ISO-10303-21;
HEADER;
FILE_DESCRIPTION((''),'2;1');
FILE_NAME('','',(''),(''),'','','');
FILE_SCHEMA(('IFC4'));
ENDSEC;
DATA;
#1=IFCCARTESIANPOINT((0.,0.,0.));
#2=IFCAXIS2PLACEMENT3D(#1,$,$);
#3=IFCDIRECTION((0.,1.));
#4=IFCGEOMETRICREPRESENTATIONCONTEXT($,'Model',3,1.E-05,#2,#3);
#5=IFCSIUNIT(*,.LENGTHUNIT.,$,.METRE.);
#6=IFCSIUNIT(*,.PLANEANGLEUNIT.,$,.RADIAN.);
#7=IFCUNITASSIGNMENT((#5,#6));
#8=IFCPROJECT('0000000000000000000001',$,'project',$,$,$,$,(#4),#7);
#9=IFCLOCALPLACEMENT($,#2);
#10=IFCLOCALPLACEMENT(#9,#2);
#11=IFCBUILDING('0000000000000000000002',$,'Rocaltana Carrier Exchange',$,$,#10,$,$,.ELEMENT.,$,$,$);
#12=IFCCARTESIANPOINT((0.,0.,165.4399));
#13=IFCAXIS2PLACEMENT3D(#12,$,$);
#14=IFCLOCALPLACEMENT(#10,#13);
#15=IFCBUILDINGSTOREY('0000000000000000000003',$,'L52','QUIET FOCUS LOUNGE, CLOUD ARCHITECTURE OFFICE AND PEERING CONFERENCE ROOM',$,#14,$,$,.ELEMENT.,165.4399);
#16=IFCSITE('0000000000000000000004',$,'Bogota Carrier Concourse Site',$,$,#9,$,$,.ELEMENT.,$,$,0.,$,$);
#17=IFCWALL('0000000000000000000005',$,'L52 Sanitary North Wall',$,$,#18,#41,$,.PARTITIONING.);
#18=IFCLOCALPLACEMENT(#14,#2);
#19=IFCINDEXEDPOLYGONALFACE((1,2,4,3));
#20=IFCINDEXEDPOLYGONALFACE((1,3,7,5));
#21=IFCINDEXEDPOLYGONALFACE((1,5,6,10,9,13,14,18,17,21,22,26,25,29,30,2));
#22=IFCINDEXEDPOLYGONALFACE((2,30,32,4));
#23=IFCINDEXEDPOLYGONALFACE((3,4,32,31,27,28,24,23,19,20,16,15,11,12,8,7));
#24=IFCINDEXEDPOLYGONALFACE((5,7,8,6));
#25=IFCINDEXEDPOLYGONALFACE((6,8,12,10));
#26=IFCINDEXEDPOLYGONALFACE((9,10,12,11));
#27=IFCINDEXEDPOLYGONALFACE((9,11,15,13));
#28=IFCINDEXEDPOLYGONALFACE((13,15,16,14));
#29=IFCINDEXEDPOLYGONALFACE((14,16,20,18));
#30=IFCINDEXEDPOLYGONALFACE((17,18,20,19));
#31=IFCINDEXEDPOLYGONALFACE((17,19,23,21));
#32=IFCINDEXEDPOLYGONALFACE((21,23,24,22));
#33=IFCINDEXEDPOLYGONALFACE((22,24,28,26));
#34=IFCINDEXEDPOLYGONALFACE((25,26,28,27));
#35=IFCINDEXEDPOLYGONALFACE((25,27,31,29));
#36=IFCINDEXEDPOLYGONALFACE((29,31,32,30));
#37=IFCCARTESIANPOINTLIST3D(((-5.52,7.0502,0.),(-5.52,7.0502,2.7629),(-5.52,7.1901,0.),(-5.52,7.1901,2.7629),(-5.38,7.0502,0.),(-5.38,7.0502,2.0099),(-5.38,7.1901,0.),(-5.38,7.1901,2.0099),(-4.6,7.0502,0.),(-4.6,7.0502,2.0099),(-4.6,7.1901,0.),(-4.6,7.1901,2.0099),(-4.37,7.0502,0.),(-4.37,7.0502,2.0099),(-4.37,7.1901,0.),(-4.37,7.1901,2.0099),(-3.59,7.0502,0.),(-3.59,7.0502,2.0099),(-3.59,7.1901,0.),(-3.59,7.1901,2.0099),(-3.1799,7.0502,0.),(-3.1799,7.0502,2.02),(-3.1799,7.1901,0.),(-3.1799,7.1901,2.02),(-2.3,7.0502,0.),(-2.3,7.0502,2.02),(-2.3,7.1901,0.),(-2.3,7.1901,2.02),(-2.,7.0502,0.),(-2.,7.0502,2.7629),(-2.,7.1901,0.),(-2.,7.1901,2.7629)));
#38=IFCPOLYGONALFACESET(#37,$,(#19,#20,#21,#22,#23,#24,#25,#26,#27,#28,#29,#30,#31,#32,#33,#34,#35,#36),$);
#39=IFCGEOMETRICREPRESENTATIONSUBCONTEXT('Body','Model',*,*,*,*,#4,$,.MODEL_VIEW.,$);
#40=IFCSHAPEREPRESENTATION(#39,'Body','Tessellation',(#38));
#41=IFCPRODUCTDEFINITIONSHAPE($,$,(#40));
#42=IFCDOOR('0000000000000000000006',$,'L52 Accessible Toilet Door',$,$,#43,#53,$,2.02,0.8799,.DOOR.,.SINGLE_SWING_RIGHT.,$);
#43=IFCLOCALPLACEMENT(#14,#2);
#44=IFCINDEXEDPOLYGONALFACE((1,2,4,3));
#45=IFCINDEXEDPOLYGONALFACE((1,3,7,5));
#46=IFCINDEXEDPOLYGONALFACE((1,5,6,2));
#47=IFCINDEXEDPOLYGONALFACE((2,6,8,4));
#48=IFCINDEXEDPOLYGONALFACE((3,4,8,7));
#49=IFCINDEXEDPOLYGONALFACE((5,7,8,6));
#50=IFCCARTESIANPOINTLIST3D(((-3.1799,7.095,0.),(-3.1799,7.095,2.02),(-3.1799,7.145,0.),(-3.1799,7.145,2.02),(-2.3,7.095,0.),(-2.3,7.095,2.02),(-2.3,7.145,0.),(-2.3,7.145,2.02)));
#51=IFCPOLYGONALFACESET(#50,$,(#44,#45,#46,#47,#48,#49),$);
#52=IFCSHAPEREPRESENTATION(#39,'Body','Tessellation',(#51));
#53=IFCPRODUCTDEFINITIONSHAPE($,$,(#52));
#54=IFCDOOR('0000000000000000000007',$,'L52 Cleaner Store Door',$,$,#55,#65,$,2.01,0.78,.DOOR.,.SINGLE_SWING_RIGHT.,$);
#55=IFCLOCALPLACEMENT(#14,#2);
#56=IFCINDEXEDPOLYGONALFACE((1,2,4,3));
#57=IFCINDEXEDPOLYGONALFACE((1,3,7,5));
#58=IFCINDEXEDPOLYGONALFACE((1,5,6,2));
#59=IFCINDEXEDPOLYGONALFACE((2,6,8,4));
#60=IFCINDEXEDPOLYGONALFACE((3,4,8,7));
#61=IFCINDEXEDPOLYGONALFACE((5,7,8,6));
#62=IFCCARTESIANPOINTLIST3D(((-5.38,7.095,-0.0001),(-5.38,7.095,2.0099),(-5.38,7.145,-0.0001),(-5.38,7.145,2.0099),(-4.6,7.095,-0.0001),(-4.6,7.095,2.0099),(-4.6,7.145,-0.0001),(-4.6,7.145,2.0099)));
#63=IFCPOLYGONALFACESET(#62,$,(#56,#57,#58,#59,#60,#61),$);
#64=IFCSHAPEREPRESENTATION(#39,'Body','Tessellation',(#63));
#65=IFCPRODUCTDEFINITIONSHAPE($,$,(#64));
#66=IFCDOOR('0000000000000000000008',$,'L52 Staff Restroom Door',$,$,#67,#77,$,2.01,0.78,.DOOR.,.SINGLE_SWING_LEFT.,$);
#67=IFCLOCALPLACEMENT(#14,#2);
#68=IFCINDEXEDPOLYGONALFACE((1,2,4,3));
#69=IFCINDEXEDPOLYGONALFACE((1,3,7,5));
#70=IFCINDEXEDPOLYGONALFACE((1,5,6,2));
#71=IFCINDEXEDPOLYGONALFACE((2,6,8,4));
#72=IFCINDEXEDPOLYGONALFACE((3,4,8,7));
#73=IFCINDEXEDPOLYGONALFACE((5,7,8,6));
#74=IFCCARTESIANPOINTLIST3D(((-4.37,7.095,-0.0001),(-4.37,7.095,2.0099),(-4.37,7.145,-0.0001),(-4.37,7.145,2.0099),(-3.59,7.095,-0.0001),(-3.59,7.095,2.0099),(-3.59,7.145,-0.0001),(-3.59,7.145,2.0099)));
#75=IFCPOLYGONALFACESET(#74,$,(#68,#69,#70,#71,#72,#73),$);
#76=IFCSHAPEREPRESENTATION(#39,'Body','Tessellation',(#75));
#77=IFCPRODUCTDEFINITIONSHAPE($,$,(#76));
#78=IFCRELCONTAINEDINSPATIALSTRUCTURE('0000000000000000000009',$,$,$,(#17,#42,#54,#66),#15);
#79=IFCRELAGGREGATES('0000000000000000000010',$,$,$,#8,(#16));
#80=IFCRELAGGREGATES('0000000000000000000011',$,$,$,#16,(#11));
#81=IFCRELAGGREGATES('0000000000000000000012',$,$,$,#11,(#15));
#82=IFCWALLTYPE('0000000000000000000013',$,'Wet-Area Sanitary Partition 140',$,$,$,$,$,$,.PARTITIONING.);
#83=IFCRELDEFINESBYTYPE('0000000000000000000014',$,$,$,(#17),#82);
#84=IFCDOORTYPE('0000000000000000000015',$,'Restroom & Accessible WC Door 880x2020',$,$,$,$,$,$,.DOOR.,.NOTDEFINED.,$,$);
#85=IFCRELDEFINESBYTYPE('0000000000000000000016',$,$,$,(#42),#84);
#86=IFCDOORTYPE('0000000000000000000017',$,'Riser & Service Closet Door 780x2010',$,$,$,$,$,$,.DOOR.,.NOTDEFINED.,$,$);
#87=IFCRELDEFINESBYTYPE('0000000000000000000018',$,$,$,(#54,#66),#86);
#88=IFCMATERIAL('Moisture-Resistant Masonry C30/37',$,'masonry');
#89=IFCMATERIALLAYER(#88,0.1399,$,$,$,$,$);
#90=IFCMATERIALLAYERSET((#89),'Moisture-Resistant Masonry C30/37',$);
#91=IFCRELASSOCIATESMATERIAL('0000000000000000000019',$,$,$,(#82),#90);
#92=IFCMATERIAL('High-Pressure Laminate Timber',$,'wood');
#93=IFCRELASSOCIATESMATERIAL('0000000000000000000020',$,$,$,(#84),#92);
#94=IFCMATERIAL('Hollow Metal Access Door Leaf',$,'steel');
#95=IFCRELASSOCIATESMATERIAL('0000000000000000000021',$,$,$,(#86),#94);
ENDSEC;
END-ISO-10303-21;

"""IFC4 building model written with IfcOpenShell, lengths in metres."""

from ifc_helpers import new_model, si_unit, direction, frame, frame_2d, origin, place, context, subcontext, project, spatial, rectangle, extrude, material, layer, layer_set, type_object, element, fill, save


model = new_model("IFC4")

# Units and contexts
model_context = context("Model", 3, precision=1e-05, world=origin(), true_north=direction((0.0, 1.0)))
body_context = subcontext(model_context, "Body", "Model", "MODEL_VIEW")
ifc_project = project(units=[si_unit("LENGTHUNIT", "METRE"), si_unit("PLANEANGLEUNIT", "RADIAN")], contexts=[model_context])

# Site, building, storey
site_placement = place(None, origin())
site = spatial("IfcSite", under=ifc_project, at=site_placement, Name="Bogota Carrier Concourse Site", CompositionType="ELEMENT", RefElevation=0.0)
building_placement = place(site_placement, origin())
building = spatial("IfcBuilding", under=site, at=building_placement, Name="Rocaltana Carrier Exchange", CompositionType="ELEMENT")
storey_placement = place(building_placement, frame((0.0, 0.0, 165.4399)))
storey = spatial("IfcBuildingStorey", under=building, at=storey_placement, Name="L52", Description="QUIET FOCUS LOUNGE, CLOUD ARCHITECTURE OFFICE AND PEERING CONFERENCE ROOM", CompositionType="ELEMENT", Elevation=165.4399)

# Shared definitions
ifc_material_1 = material(Name="Moisture-Resistant Masonry C30/37", Category="masonry")
ifc_layer_1 = layer(ifc_material_1, 0.1399)
ifc_layer_set_1 = layer_set([ifc_layer_1], Name="Moisture-Resistant Masonry C30/37")
wall_type_1 = type_object("IfcWallType", Name="Wet-Area Sanitary Partition 140", PredefinedType="PARTITIONING", material=ifc_layer_set_1)

# Wall, openings, doors
wall_1_placement = place(storey_placement, frame((-5.52, 7.1201, 0.0), z_axis=(0.0, 0.0, 1.0), x_axis=(1.0, 0.0, 0.0)))
wall_1 = element("IfcWall", 1, at=wall_1_placement, inside=storey, type_object=wall_type_1, Name="L52 Sanitary North Wall", PredefinedType="PARTITIONING", context=body_context, shape_type="SweptSolid", body=[
    extrude(rectangle(XDim=3.52, YDim=0.1399, at=frame_2d((1.76, 0.0))), origin(), (0.0, 0.0, 1.0), 2.7629),
])
opening_1_placement = place(wall_1_placement, frame((0.1399, 0.0, 0.0)))
opening_1 = element("IfcOpeningElement", 2, at=opening_1_placement, cuts=wall_1, PredefinedType="OPENING", context=body_context, shape_type="SweptSolid", body=[
    extrude(rectangle(XDim=0.78, YDim=2.01, at=frame_2d((0.3901, 1.0049))), frame((0.0, 0.0798, 0.0), z_axis=(0.0, -1.0, 0.0), x_axis=(1.0, 0.0, 0.0)), (0.0, 0.0, 1.0), 0.1599),
])
opening_2_placement = place(wall_1_placement, frame((1.1499, 0.0, 0.0)))
opening_2 = element("IfcOpeningElement", 3, at=opening_2_placement, cuts=wall_1, PredefinedType="OPENING", context=body_context, shape_type="SweptSolid", body=[
    extrude(rectangle(XDim=0.78, YDim=2.01, at=frame_2d((0.3901, 1.0049))), frame((0.0, 0.0798, 0.0), z_axis=(0.0, -1.0, 0.0), x_axis=(1.0, 0.0, 0.0)), (0.0, 0.0, 1.0), 0.1599),
])
opening_3_placement = place(wall_1_placement, frame((2.3401, 0.0, 0.0)))
opening_3 = element("IfcOpeningElement", 4, at=opening_3_placement, cuts=wall_1, PredefinedType="OPENING", context=body_context, shape_type="SweptSolid", body=[
    extrude(rectangle(XDim=0.8799, YDim=2.02, at=frame_2d((0.4399, 1.01))), frame((0.0, 0.0798, 0.0), z_axis=(0.0, -1.0, 0.0), x_axis=(1.0, 0.0, 0.0)), (0.0, 0.0, 1.0), 0.1599),
])
ifc_material_2 = material(Name="High-Pressure Laminate Timber", Category="wood")
door_type_1 = type_object("IfcDoorType", Name="Restroom & Accessible WC Door 880x2020", OperationType="NOTDEFINED", PredefinedType="DOOR", material=ifc_material_2)
door_1_placement = place(opening_3_placement, origin())
door_1 = element("IfcDoor", 5, at=door_1_placement, inside=storey, type_object=door_type_1, Name="L52 Accessible Toilet Door", OperationType="SINGLE_SWING_RIGHT", OverallHeight=2.02, OverallWidth=0.8799, PredefinedType="DOOR", context=body_context, shape_type="SweptSolid", body=[
    extrude(rectangle(XDim=0.8799, YDim=2.02, at=frame_2d((0.4399, 1.01))), frame((0.0, 0.0249, 0.0), z_axis=(0.0, -1.0, 0.0), x_axis=(1.0, 0.0, 0.0)), (0.0, 0.0, 1.0), 0.05),
])
fill(opening_3, door_1)
ifc_material_3 = material(Name="Hollow Metal Access Door Leaf", Category="steel")
door_type_2 = type_object("IfcDoorType", Name="Riser & Service Closet Door 780x2010", OperationType="NOTDEFINED", PredefinedType="DOOR", material=ifc_material_3)
door_2_placement = place(opening_1_placement, origin())
door_2 = element("IfcDoor", 6, at=door_2_placement, inside=storey, type_object=door_type_2, Name="L52 Cleaner Store Door", OperationType="SINGLE_SWING_RIGHT", OverallHeight=2.01, OverallWidth=0.78, PredefinedType="DOOR", context=body_context, shape_type="SweptSolid", body=[
    extrude(rectangle(XDim=0.78, YDim=2.01, at=frame_2d((0.3901, 1.0049))), frame((0.0, 0.0249, 0.0), z_axis=(0.0, -1.0, 0.0), x_axis=(1.0, 0.0, 0.0)), (0.0, 0.0, 1.0), 0.05),
])
fill(opening_1, door_2)
door_3_placement = place(opening_2_placement, origin())
door_3 = element("IfcDoor", 7, at=door_3_placement, inside=storey, type_object=door_type_2, Name="L52 Staff Restroom Door", OperationType="SINGLE_SWING_LEFT", OverallHeight=2.01, OverallWidth=0.78, PredefinedType="DOOR", context=body_context, shape_type="SweptSolid", body=[
    extrude(rectangle(XDim=0.78, YDim=2.01, at=frame_2d((0.3901, 1.0049))), frame((0.0, 0.0249, 0.0), z_axis=(0.0, -1.0, 0.0), x_axis=(1.0, 0.0, 0.0)), (0.0, 0.0, 1.0), 0.05),
])
fill(opening_2, door_3)

save(model, "model.ifc")
